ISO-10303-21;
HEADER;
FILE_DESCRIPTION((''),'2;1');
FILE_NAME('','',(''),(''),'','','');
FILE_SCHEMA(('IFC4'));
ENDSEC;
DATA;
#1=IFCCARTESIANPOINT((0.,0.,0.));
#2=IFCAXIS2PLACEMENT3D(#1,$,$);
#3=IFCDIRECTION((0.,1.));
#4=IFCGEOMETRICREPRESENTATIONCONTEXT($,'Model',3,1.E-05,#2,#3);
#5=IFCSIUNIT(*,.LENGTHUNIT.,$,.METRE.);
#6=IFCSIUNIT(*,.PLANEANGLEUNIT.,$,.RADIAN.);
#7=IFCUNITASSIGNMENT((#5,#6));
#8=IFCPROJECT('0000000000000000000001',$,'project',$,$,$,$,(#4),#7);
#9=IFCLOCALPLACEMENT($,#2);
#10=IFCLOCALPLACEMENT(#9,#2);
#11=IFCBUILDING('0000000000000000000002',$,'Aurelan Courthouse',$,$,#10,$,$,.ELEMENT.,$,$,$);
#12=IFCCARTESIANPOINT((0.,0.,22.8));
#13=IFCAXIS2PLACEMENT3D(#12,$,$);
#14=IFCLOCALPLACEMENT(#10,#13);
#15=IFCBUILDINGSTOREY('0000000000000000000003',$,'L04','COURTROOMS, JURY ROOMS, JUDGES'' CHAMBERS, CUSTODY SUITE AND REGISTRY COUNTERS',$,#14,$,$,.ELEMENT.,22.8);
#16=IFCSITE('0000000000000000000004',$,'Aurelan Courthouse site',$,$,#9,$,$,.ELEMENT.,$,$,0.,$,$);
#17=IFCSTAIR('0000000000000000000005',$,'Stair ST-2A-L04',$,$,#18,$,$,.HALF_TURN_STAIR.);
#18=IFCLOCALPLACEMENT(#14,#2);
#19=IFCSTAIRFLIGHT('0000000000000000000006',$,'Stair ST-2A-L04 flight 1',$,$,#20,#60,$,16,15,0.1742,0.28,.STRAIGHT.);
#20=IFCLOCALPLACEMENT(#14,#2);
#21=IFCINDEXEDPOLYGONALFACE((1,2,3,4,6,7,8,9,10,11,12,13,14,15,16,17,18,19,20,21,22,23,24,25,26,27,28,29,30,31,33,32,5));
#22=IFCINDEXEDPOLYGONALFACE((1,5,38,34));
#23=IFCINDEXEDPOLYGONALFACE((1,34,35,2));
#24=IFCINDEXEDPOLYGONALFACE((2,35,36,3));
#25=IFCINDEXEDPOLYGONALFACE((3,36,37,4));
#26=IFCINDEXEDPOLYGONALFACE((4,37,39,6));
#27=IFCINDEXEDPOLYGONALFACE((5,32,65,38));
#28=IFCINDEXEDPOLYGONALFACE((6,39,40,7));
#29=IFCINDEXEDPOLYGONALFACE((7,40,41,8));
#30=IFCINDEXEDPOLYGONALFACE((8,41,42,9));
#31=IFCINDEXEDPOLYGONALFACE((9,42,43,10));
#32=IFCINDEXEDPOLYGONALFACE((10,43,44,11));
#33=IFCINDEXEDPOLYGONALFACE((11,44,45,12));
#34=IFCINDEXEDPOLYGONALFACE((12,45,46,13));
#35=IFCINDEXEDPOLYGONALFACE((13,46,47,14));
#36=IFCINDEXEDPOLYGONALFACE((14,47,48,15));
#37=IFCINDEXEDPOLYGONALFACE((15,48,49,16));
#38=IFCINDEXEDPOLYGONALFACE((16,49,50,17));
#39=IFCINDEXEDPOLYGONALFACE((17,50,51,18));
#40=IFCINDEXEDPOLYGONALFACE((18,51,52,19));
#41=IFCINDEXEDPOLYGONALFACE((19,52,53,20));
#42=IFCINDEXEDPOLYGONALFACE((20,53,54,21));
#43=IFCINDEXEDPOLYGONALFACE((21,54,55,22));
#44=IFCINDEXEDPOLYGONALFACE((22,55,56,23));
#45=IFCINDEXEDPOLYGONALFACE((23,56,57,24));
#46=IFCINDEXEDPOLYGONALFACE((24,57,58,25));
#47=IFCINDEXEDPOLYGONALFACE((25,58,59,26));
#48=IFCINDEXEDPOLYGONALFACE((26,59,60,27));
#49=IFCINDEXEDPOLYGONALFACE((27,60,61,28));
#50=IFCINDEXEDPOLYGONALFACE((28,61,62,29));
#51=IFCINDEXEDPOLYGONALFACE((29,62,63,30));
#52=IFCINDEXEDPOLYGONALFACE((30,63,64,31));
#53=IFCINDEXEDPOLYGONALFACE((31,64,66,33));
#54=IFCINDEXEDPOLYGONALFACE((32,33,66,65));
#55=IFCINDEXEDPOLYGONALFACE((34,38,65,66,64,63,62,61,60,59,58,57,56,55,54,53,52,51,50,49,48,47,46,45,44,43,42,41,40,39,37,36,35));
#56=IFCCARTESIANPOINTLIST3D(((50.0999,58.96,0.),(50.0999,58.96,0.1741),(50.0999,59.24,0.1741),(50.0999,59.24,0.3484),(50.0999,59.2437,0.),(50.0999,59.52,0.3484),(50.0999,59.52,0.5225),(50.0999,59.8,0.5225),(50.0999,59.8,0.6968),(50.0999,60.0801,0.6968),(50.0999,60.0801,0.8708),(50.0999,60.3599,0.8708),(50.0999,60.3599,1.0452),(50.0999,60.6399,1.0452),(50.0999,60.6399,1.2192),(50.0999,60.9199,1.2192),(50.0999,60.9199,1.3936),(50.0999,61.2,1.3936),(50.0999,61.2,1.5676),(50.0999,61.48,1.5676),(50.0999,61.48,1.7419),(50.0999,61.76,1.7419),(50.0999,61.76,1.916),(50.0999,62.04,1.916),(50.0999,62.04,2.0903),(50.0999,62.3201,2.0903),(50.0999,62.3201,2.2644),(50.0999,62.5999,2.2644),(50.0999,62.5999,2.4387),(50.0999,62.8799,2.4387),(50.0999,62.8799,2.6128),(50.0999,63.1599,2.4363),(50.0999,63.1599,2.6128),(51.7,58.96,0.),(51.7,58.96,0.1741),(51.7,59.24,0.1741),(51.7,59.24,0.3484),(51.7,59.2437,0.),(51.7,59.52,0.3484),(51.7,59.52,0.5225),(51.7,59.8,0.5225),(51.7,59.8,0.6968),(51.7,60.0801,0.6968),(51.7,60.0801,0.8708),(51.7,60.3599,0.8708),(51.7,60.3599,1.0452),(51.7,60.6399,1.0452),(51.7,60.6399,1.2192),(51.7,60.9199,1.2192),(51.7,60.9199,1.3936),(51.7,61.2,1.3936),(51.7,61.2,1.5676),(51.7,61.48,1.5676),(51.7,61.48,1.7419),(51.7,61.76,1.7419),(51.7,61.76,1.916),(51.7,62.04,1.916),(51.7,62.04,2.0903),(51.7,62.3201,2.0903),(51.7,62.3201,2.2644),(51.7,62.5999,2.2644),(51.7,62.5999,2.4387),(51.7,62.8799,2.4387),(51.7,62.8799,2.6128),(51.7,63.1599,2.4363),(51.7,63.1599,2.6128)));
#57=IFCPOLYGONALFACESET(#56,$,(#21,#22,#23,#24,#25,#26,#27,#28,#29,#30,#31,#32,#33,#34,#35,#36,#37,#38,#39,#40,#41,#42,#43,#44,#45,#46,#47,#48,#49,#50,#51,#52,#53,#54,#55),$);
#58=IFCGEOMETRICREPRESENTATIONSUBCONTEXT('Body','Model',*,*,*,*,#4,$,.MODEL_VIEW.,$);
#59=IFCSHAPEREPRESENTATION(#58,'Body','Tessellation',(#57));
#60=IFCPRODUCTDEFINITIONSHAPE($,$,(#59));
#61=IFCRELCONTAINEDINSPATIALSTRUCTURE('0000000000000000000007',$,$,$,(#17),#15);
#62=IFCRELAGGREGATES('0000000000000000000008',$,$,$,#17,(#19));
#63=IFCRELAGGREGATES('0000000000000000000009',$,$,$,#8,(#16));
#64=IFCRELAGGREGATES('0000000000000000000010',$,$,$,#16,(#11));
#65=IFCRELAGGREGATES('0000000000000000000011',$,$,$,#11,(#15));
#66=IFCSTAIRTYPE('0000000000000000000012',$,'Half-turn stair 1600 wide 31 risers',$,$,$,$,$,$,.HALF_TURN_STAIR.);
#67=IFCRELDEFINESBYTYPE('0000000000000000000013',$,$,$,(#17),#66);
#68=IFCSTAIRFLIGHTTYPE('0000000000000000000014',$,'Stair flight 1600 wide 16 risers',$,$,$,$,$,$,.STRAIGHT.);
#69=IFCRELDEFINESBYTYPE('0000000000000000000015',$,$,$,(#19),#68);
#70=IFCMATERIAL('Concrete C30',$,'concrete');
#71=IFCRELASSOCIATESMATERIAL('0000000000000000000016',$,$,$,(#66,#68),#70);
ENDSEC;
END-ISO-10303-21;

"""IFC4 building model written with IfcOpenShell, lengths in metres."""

from ifc_helpers import new_model, si_unit, direction, frame, origin, place, context, subcontext, project, spatial, polyline, outline, extrude, material, type_object, element, aggregate, save


model = new_model("IFC4")

# Units and contexts
model_context = context("Model", 3, precision=1e-05, world=origin(), true_north=direction((0.0, 1.0)))
body_context = subcontext(model_context, "Body", "Model", "MODEL_VIEW")
ifc_project = project(units=[si_unit("LENGTHUNIT", "METRE"), si_unit("PLANEANGLEUNIT", "RADIAN")], contexts=[model_context])

# Site, building, storey
site_placement = place(None, origin())
site = spatial("IfcSite", under=ifc_project, at=site_placement, Name="Aurelan Courthouse site", CompositionType="ELEMENT", RefElevation=0.0)
building_placement = place(site_placement, origin())
building = spatial("IfcBuilding", under=site, at=building_placement, Name="Aurelan Courthouse", CompositionType="ELEMENT")
storey_placement = place(building_placement, frame((0.0, 0.0, 22.8)))
storey = spatial("IfcBuildingStorey", under=building, at=storey_placement, Name="L04", Description="COURTROOMS, JURY ROOMS, JUDGES' CHAMBERS, CUSTODY SUITE AND REGISTRY COUNTERS", CompositionType="ELEMENT", Elevation=22.8)

# Shared definitions
ifc_material_1 = material(Name="Concrete C30", Category="concrete")

# Stair, stair flight
stair_type = type_object("IfcStairType", Name="Half-turn stair 1600 wide 31 risers", PredefinedType="HALF_TURN_STAIR", material=ifc_material_1)
stair_placement = place(storey_placement, origin())
stair = element("IfcStair", 1, at=stair_placement, inside=storey, type_object=stair_type, Name="Stair ST-2A-L04", PredefinedType="HALF_TURN_STAIR")
stair_flight_type = type_object("IfcStairFlightType", Name="Stair flight 1600 wide 16 risers", PredefinedType="STRAIGHT", material=ifc_material_1)
stair_flight_placement = place(storey_placement, frame((50.8999, 58.96, 0.0), z_axis=(0.0, 0.0, 1.0), x_axis=(0.0, 1.0, 0.0)))
stair_flight = element("IfcStairFlight", 2, at=stair_flight_placement, type_object=stair_flight_type, Name="Stair ST-2A-L04 flight 1", NumberOfRisers=16, NumberOfTreads=15, PredefinedType="STRAIGHT", RiserHeight=0.1742, TreadLength=0.28, context=body_context, shape_type="SweptSolid", body=[
    extrude(outline(polyline([(0.0, 0.0), (0.0, 0.1741), (0.28, 0.1741), (0.28, 0.3484), (0.5601, 0.3484), (0.5601, 0.5225), (0.8401, 0.5225), (0.8401, 0.6968), (1.1201, 0.6968), (1.1201, 0.8708), (1.3999, 0.8708), (1.3999, 1.0452), (1.6799, 1.0452), (1.6799, 1.2192), (1.96, 1.2192), (1.96, 1.3936), (2.24, 1.3936), (2.24, 1.5676), (2.52, 1.5676), (2.52, 1.7419), (2.8, 1.7419), (2.8, 1.916), (3.0801, 1.916), (3.0801, 2.0903), (3.3601, 2.0903), (3.3601, 2.2644), (3.6399, 2.2644), (3.6399, 2.4387), (3.9199, 2.4387), (3.9199, 2.6128), (4.2, 2.6128), (4.2, 2.7871), (4.2, 2.4363), (0.2837, 0.0), (0.0, 0.0)])), frame((0.0, 0.8, 0.0), z_axis=(0.0, -1.0, 0.0), x_axis=(1.0, 0.0, 0.0)), (0.0, 0.0, 1.0), 1.6001),
])
aggregate(stair, [stair_flight])

save(model, "model.ifc")
